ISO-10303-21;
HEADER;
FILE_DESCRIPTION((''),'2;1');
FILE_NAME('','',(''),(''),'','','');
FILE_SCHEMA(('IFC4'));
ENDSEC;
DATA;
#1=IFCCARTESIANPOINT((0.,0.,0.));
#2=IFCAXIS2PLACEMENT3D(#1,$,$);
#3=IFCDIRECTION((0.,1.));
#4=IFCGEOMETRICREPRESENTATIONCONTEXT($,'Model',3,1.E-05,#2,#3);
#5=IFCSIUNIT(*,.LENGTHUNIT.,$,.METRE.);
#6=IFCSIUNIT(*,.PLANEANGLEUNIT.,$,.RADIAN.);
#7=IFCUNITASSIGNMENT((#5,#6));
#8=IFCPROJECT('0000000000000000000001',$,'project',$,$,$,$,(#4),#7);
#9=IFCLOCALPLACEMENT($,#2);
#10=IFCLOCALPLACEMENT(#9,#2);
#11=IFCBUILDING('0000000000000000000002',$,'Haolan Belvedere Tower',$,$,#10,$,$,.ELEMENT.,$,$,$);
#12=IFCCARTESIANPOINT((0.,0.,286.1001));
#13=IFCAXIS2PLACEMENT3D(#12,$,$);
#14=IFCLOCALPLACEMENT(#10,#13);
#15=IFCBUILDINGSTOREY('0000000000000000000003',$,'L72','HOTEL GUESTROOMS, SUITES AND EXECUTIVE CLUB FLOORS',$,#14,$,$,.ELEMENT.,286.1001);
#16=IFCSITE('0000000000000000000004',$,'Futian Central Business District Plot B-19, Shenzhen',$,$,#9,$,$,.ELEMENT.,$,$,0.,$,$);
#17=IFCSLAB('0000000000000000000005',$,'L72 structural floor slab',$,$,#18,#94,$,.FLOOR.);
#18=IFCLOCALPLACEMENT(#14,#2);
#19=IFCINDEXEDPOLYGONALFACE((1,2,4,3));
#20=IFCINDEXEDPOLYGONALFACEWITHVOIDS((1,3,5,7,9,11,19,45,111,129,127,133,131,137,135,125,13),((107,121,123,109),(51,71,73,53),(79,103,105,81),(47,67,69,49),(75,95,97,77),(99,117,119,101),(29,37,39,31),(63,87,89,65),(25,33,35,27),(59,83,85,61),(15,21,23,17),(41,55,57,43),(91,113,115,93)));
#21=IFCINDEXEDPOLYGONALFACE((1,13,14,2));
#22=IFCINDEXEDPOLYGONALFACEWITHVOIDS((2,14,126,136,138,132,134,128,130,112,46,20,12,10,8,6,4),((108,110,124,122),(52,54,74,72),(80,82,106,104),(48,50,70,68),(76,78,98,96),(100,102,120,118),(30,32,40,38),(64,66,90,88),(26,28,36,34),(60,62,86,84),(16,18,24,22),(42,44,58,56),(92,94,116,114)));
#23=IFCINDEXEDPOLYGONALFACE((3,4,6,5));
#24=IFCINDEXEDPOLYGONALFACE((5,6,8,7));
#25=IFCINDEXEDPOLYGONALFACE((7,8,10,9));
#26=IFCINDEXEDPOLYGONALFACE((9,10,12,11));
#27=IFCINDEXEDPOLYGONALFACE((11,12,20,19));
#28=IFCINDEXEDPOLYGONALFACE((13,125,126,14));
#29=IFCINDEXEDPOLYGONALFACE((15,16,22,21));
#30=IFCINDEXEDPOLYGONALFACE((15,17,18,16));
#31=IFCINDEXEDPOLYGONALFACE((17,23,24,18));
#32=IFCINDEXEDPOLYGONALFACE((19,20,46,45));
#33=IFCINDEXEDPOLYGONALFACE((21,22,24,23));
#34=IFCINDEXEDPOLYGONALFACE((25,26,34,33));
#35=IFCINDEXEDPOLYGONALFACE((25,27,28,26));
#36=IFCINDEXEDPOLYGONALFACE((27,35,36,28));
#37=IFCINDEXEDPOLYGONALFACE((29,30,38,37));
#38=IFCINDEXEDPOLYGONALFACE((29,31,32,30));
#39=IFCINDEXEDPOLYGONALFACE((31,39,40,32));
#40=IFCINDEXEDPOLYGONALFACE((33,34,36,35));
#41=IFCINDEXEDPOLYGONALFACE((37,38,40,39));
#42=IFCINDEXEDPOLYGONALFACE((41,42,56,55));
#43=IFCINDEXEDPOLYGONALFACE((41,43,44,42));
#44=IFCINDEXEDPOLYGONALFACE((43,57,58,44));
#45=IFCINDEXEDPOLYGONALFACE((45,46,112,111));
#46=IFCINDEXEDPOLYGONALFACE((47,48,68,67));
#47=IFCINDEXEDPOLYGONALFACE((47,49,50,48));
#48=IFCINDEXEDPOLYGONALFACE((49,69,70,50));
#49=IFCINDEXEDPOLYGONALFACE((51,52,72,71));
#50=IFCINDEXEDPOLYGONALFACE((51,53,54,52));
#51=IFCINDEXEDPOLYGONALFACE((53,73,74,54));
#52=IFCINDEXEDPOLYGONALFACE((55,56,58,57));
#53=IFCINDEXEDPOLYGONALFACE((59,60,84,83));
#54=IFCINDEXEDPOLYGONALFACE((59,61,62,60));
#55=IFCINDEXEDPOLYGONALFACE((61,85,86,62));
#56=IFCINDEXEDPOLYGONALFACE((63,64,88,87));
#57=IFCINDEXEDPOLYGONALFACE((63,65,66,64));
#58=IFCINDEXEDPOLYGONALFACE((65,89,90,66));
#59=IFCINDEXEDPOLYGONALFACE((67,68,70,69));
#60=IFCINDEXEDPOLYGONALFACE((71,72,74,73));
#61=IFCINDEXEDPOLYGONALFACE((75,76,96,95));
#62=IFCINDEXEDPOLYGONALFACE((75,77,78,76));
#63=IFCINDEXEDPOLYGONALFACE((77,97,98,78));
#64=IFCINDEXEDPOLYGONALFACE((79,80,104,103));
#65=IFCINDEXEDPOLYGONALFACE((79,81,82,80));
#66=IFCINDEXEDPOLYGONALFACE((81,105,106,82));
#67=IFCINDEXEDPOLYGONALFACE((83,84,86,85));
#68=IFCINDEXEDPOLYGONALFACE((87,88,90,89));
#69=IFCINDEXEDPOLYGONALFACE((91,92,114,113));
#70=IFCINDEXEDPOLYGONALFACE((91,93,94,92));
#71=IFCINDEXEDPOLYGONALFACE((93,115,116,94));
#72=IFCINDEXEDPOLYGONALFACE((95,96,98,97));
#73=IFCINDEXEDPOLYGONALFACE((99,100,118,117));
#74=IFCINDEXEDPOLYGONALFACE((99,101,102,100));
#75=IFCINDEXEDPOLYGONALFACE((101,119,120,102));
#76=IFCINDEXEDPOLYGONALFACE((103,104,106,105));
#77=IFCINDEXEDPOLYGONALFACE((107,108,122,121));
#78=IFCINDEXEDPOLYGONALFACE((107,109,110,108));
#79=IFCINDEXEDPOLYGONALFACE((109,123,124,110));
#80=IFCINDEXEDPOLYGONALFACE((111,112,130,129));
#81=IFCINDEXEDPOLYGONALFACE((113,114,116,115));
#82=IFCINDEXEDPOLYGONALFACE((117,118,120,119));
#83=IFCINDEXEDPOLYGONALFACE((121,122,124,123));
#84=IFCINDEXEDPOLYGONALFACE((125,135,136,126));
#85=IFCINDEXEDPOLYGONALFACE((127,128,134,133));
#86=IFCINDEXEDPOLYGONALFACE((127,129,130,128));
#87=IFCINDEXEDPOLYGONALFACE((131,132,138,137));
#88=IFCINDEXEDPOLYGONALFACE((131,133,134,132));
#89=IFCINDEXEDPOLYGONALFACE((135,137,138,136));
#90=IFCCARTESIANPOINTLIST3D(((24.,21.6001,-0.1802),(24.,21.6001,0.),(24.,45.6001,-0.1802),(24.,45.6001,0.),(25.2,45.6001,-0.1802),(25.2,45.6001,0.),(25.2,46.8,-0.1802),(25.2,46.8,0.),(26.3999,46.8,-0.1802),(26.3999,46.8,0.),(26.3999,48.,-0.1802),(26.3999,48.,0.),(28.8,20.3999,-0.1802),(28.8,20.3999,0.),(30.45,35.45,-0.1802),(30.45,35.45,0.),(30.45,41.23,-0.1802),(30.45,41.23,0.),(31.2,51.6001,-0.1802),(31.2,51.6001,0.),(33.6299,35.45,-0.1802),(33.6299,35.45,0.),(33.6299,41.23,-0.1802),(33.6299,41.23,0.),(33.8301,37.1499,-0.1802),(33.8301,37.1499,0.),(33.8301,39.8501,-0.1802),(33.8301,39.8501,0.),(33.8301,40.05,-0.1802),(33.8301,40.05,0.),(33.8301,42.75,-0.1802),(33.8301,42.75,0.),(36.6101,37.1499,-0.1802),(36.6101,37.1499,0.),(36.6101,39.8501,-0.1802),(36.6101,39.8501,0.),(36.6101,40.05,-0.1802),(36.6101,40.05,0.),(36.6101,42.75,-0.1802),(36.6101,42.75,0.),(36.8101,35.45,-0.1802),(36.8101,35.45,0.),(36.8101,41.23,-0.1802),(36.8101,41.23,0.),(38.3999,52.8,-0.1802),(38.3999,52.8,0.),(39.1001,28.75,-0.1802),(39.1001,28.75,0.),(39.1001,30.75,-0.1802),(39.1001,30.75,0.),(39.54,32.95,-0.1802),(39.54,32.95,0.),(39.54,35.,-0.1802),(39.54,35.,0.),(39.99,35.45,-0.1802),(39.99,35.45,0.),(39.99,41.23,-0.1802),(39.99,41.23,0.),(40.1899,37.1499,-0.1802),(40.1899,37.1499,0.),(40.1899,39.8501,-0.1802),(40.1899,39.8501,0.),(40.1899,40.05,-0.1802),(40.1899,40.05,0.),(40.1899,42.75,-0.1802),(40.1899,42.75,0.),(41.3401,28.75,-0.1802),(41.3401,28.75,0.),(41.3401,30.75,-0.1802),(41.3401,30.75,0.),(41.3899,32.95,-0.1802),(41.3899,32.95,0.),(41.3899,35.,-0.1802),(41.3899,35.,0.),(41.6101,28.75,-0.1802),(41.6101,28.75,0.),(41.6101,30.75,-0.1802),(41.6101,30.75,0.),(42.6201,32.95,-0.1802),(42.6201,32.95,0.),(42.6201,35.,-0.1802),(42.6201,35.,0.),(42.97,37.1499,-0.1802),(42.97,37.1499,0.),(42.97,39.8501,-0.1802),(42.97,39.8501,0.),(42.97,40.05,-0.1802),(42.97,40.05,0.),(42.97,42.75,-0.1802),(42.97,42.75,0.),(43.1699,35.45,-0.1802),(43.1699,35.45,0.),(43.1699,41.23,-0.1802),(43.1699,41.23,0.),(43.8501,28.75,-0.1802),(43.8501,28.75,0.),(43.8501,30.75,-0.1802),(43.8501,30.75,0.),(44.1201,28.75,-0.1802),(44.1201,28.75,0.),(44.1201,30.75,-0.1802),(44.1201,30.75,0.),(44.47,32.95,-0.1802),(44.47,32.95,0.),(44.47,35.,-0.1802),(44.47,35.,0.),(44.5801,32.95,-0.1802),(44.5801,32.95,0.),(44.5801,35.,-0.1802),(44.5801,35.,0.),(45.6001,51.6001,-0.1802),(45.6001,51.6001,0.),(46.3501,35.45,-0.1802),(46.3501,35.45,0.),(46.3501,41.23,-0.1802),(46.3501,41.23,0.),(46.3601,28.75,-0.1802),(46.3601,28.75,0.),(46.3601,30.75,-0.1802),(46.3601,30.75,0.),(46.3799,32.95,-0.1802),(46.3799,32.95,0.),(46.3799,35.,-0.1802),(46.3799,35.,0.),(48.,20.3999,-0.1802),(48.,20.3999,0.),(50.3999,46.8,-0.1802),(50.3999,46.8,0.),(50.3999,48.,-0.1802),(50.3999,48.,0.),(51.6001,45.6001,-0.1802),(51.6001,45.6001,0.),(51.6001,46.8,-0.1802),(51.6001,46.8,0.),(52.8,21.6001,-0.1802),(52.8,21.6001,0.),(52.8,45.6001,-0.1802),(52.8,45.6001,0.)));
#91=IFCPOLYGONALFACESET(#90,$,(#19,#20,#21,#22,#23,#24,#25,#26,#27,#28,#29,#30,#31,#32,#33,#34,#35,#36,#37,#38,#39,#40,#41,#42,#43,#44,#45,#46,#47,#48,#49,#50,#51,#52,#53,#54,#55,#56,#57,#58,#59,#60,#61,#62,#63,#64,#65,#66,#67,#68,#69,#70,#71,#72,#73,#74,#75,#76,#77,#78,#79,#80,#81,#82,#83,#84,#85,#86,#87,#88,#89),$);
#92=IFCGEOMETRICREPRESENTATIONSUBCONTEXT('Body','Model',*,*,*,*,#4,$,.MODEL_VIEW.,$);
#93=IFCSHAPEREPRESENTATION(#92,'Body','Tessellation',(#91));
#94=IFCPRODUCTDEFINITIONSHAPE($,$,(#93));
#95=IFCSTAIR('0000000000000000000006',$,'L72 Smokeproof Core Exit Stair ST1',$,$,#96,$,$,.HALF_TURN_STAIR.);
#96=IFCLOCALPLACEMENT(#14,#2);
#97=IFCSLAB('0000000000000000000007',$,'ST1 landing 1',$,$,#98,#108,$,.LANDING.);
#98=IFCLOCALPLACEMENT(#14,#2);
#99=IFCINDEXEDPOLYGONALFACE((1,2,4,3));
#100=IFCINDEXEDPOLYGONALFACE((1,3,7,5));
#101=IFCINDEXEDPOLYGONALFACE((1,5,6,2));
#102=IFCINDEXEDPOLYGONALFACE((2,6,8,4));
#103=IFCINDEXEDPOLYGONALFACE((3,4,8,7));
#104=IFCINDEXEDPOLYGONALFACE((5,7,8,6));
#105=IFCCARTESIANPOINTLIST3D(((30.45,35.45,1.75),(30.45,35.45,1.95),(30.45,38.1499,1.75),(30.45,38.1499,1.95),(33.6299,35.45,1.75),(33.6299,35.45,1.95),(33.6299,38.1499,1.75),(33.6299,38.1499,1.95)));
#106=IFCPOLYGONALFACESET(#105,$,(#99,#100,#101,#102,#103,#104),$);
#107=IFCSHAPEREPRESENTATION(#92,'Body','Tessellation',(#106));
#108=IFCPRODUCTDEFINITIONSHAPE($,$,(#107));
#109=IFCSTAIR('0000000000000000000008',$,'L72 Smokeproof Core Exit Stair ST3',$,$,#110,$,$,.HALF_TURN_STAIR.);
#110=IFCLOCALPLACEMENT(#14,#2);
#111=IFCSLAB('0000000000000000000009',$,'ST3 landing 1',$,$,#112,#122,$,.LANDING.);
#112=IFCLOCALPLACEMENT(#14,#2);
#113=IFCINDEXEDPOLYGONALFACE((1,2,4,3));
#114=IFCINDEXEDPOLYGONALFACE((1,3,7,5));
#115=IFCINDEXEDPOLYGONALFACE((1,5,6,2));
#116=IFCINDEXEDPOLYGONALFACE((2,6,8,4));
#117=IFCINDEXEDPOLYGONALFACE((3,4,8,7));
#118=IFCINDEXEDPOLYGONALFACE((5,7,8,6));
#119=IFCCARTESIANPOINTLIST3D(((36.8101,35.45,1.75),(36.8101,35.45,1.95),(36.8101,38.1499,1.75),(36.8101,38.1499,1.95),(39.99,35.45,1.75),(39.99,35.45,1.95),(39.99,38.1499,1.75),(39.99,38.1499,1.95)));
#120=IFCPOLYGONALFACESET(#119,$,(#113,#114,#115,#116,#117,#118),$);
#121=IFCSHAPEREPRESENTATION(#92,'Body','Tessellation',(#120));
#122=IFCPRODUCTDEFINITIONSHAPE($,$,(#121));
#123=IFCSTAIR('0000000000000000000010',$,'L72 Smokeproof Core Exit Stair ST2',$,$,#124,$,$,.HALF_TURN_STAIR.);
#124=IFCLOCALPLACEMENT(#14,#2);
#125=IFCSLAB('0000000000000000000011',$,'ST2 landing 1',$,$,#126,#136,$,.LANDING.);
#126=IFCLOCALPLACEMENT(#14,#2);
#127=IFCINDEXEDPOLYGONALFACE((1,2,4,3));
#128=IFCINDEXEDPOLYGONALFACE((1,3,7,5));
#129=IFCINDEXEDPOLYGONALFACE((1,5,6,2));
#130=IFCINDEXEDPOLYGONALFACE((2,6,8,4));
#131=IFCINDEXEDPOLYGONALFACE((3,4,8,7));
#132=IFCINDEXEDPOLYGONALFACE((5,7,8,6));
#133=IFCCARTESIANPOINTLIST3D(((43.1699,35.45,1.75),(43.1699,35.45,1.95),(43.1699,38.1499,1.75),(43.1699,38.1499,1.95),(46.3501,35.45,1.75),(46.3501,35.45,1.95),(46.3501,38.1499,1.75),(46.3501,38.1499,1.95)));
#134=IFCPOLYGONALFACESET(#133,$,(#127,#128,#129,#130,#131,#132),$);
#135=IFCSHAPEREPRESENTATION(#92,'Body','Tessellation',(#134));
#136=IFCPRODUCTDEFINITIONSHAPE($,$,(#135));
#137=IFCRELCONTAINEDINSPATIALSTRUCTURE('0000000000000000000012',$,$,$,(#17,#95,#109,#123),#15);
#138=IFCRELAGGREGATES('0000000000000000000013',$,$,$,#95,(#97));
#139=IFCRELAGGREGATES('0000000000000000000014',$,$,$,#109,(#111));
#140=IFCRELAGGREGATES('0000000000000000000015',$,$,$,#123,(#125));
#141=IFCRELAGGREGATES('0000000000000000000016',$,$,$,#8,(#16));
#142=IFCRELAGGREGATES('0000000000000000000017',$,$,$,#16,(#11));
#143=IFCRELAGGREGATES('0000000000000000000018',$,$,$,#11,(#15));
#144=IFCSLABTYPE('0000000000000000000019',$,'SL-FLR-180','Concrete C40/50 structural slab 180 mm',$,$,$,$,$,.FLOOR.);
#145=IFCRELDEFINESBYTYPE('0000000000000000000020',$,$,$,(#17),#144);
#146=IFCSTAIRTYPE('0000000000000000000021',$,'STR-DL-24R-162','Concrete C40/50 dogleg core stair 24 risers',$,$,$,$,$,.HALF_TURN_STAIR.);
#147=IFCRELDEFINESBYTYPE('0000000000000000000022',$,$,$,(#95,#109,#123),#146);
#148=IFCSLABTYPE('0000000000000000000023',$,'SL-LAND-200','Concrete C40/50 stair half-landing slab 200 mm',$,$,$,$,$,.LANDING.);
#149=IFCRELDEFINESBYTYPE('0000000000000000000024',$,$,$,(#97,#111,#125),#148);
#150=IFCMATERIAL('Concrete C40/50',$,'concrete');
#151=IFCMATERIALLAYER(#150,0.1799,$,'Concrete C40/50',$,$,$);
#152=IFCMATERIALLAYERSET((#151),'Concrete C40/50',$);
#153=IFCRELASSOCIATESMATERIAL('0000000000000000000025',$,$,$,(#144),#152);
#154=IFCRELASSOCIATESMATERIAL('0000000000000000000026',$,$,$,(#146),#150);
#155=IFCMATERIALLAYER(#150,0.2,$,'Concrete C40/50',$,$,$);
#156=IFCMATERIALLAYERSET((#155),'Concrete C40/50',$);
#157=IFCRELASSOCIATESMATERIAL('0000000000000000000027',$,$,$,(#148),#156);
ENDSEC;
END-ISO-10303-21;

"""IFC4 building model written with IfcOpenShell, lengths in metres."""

from ifc_helpers import new_model, si_unit, direction, frame, origin, place, context, subcontext, project, spatial, polyline, outline, extrude, material, layer, layer_set, type_object, element, aggregate, save


model = new_model("IFC4")

# Units and contexts
model_context = context("Model", 3, precision=1e-05, world=origin(), true_north=direction((0.0, 1.0)))
body_context = subcontext(model_context, "Body", "Model", "MODEL_VIEW")
ifc_project = project(units=[si_unit("LENGTHUNIT", "METRE"), si_unit("PLANEANGLEUNIT", "RADIAN")], contexts=[model_context])

# Site, building, storey
site_placement = place(None, origin())
site = spatial("IfcSite", under=ifc_project, at=site_placement, Name="Futian Central Business District Plot B-19, Shenzhen", CompositionType="ELEMENT", RefElevation=0.0)
building_placement = place(site_placement, origin())
building = spatial("IfcBuilding", under=site, at=building_placement, Name="Haolan Belvedere Tower", CompositionType="ELEMENT")
storey_placement = place(building_placement, frame((0.0, 0.0, 286.1001)))
storey = spatial("IfcBuildingStorey", under=building, at=storey_placement, Name="L72", Description="HOTEL GUESTROOMS, SUITES AND EXECUTIVE CLUB FLOORS", CompositionType="ELEMENT", Elevation=286.1001)

# Slab
ifc_material_1 = material(Name="Concrete C40/50", Category="concrete")
ifc_layer_1 = layer(ifc_material_1, 0.1799, Name="Concrete C40/50")
ifc_layer_set_1 = layer_set([ifc_layer_1], Name="Concrete C40/50")
slab_type_1 = type_object("IfcSlabType", Name="SL-FLR-180", Description="Concrete C40/50 structural slab 180 mm", PredefinedType="FLOOR", material=ifc_layer_set_1)
slab_1_placement = place(storey_placement, frame((0.0, 0.0, -0.1802)))
element("IfcSlab", 1, at=slab_1_placement, inside=storey, type_object=slab_type_1, Name="L72 structural floor slab", PredefinedType="FLOOR", context=body_context, shape_type="SweptSolid", body=[
    extrude(outline(polyline([(24.0, 21.6001), (28.8, 20.3999), (48.0, 20.3999), (52.8, 21.6001), (52.8, 45.6001), (52.8, 45.6001), (51.6001, 45.6001), (51.6001, 46.8), (50.3999, 46.8), (50.3999, 48.0), (45.6001, 51.6001), (38.3999, 52.8), (31.2, 51.6001), (26.3999, 48.0), (26.3999, 46.8), (25.2, 46.8), (25.2, 45.6001), (24.0, 45.6001), (24.0, 45.6001), (24.0, 21.6001)]), holes=[polyline([(30.45, 41.23), (30.45, 35.45), (33.6299, 35.45), (33.6299, 41.23), (30.45, 41.23)]), polyline([(36.8101, 41.23), (36.8101, 35.45), (39.99, 35.45), (39.99, 41.23), (36.8101, 41.23)]), polyline([(43.1699, 41.23), (43.1699, 35.45), (46.3501, 35.45), (46.3501, 41.23), (43.1699, 41.23)]), polyline([(33.8301, 40.05), (36.6101, 40.05), (36.6101, 42.75), (33.8301, 42.75), (33.8301, 40.05)]), polyline([(33.8301, 37.1499), (36.6101, 37.1499), (36.6101, 39.8501), (33.8301, 39.8501), (33.8301, 37.1499)]), polyline([(40.1899, 40.05), (42.97, 40.05), (42.97, 42.75), (40.1899, 42.75), (40.1899, 40.05)]), polyline([(40.1899, 37.1499), (42.97, 37.1499), (42.97, 39.8501), (40.1899, 39.8501), (40.1899, 37.1499)]), polyline([(39.54, 32.95), (41.3899, 32.95), (41.3899, 35.0), (39.54, 35.0), (39.54, 32.95)]), polyline([(42.6201, 32.95), (44.47, 32.95), (44.47, 35.0), (42.6201, 35.0), (42.6201, 32.95)]), polyline([(44.5801, 32.95), (46.3799, 32.95), (46.3799, 35.0), (44.5801, 35.0), (44.5801, 32.95)]), polyline([(39.1001, 28.75), (41.3401, 28.75), (41.3401, 30.75), (39.1001, 30.75), (39.1001, 28.75)]), polyline([(41.6101, 28.75), (43.8501, 28.75), (43.8501, 30.75), (41.6101, 30.75), (41.6101, 28.75)]), polyline([(44.1201, 28.75), (46.3601, 28.75), (46.3601, 30.75), (44.1201, 30.75), (44.1201, 28.75)])]), origin(), (0.0, 0.0, 1.0), 0.1802),
])

# Stairs, slabs
stair_type = type_object("IfcStairType", Name="STR-DL-24R-162", Description="Concrete C40/50 dogleg core stair 24 risers", PredefinedType="HALF_TURN_STAIR", material=ifc_material_1)
stair_1_placement = place(storey_placement, origin())
stair_1 = element("IfcStair", 2, at=stair_1_placement, inside=storey, type_object=stair_type, Name="L72 Smokeproof Core Exit Stair ST1", PredefinedType="HALF_TURN_STAIR")
ifc_layer_2 = layer(ifc_material_1, 0.2, Name="Concrete C40/50")
ifc_layer_set_2 = layer_set([ifc_layer_2], Name="Concrete C40/50")
slab_type_2 = type_object("IfcSlabType", Name="SL-LAND-200", Description="Concrete C40/50 stair half-landing slab 200 mm", PredefinedType="LANDING", material=ifc_layer_set_2)
slab_2_placement = place(storey_placement, frame((0.0, 0.0, 1.75)))
slab_2 = element("IfcSlab", 3, at=slab_2_placement, type_object=slab_type_2, Name="ST1 landing 1", PredefinedType="LANDING", context=body_context, shape_type="SweptSolid", body=[
    extrude(outline(polyline([(30.45, 38.1499), (30.45, 35.45), (33.6299, 35.45), (33.6299, 38.1499), (30.45, 38.1499)])), origin(), (0.0, 0.0, 1.0), 0.2),
])
aggregate(stair_1, [slab_2])
stair_2_placement = place(storey_placement, origin())
stair_2 = element("IfcStair", 4, at=stair_2_placement, inside=storey, type_object=stair_type, Name="L72 Smokeproof Core Exit Stair ST3", PredefinedType="HALF_TURN_STAIR")
slab_3_placement = place(storey_placement, frame((0.0, 0.0, 1.75)))
slab_3 = element("IfcSlab", 5, at=slab_3_placement, type_object=slab_type_2, Name="ST3 landing 1", PredefinedType="LANDING", context=body_context, shape_type="SweptSolid", body=[
    extrude(outline(polyline([(36.8101, 38.1499), (36.8101, 35.45), (39.99, 35.45), (39.99, 38.1499), (36.8101, 38.1499)])), origin(), (0.0, 0.0, 1.0), 0.2),
])
aggregate(stair_2, [slab_3])
stair_3_placement = place(storey_placement, origin())
stair_3 = element("IfcStair", 6, at=stair_3_placement, inside=storey, type_object=stair_type, Name="L72 Smokeproof Core Exit Stair ST2", PredefinedType="HALF_TURN_STAIR")
slab_4_placement = place(storey_placement, frame((0.0, 0.0, 1.75)))
slab_4 = element("IfcSlab", 7, at=slab_4_placement, type_object=slab_type_2, Name="ST2 landing 1", PredefinedType="LANDING", context=body_context, shape_type="SweptSolid", body=[
    extrude(outline(polyline([(43.1699, 38.1499), (43.1699, 35.45), (46.3501, 35.45), (46.3501, 38.1499), (43.1699, 38.1499)])), origin(), (0.0, 0.0, 1.0), 0.2),
])
aggregate(stair_3, [slab_4])

save(model, "model.ifc")
